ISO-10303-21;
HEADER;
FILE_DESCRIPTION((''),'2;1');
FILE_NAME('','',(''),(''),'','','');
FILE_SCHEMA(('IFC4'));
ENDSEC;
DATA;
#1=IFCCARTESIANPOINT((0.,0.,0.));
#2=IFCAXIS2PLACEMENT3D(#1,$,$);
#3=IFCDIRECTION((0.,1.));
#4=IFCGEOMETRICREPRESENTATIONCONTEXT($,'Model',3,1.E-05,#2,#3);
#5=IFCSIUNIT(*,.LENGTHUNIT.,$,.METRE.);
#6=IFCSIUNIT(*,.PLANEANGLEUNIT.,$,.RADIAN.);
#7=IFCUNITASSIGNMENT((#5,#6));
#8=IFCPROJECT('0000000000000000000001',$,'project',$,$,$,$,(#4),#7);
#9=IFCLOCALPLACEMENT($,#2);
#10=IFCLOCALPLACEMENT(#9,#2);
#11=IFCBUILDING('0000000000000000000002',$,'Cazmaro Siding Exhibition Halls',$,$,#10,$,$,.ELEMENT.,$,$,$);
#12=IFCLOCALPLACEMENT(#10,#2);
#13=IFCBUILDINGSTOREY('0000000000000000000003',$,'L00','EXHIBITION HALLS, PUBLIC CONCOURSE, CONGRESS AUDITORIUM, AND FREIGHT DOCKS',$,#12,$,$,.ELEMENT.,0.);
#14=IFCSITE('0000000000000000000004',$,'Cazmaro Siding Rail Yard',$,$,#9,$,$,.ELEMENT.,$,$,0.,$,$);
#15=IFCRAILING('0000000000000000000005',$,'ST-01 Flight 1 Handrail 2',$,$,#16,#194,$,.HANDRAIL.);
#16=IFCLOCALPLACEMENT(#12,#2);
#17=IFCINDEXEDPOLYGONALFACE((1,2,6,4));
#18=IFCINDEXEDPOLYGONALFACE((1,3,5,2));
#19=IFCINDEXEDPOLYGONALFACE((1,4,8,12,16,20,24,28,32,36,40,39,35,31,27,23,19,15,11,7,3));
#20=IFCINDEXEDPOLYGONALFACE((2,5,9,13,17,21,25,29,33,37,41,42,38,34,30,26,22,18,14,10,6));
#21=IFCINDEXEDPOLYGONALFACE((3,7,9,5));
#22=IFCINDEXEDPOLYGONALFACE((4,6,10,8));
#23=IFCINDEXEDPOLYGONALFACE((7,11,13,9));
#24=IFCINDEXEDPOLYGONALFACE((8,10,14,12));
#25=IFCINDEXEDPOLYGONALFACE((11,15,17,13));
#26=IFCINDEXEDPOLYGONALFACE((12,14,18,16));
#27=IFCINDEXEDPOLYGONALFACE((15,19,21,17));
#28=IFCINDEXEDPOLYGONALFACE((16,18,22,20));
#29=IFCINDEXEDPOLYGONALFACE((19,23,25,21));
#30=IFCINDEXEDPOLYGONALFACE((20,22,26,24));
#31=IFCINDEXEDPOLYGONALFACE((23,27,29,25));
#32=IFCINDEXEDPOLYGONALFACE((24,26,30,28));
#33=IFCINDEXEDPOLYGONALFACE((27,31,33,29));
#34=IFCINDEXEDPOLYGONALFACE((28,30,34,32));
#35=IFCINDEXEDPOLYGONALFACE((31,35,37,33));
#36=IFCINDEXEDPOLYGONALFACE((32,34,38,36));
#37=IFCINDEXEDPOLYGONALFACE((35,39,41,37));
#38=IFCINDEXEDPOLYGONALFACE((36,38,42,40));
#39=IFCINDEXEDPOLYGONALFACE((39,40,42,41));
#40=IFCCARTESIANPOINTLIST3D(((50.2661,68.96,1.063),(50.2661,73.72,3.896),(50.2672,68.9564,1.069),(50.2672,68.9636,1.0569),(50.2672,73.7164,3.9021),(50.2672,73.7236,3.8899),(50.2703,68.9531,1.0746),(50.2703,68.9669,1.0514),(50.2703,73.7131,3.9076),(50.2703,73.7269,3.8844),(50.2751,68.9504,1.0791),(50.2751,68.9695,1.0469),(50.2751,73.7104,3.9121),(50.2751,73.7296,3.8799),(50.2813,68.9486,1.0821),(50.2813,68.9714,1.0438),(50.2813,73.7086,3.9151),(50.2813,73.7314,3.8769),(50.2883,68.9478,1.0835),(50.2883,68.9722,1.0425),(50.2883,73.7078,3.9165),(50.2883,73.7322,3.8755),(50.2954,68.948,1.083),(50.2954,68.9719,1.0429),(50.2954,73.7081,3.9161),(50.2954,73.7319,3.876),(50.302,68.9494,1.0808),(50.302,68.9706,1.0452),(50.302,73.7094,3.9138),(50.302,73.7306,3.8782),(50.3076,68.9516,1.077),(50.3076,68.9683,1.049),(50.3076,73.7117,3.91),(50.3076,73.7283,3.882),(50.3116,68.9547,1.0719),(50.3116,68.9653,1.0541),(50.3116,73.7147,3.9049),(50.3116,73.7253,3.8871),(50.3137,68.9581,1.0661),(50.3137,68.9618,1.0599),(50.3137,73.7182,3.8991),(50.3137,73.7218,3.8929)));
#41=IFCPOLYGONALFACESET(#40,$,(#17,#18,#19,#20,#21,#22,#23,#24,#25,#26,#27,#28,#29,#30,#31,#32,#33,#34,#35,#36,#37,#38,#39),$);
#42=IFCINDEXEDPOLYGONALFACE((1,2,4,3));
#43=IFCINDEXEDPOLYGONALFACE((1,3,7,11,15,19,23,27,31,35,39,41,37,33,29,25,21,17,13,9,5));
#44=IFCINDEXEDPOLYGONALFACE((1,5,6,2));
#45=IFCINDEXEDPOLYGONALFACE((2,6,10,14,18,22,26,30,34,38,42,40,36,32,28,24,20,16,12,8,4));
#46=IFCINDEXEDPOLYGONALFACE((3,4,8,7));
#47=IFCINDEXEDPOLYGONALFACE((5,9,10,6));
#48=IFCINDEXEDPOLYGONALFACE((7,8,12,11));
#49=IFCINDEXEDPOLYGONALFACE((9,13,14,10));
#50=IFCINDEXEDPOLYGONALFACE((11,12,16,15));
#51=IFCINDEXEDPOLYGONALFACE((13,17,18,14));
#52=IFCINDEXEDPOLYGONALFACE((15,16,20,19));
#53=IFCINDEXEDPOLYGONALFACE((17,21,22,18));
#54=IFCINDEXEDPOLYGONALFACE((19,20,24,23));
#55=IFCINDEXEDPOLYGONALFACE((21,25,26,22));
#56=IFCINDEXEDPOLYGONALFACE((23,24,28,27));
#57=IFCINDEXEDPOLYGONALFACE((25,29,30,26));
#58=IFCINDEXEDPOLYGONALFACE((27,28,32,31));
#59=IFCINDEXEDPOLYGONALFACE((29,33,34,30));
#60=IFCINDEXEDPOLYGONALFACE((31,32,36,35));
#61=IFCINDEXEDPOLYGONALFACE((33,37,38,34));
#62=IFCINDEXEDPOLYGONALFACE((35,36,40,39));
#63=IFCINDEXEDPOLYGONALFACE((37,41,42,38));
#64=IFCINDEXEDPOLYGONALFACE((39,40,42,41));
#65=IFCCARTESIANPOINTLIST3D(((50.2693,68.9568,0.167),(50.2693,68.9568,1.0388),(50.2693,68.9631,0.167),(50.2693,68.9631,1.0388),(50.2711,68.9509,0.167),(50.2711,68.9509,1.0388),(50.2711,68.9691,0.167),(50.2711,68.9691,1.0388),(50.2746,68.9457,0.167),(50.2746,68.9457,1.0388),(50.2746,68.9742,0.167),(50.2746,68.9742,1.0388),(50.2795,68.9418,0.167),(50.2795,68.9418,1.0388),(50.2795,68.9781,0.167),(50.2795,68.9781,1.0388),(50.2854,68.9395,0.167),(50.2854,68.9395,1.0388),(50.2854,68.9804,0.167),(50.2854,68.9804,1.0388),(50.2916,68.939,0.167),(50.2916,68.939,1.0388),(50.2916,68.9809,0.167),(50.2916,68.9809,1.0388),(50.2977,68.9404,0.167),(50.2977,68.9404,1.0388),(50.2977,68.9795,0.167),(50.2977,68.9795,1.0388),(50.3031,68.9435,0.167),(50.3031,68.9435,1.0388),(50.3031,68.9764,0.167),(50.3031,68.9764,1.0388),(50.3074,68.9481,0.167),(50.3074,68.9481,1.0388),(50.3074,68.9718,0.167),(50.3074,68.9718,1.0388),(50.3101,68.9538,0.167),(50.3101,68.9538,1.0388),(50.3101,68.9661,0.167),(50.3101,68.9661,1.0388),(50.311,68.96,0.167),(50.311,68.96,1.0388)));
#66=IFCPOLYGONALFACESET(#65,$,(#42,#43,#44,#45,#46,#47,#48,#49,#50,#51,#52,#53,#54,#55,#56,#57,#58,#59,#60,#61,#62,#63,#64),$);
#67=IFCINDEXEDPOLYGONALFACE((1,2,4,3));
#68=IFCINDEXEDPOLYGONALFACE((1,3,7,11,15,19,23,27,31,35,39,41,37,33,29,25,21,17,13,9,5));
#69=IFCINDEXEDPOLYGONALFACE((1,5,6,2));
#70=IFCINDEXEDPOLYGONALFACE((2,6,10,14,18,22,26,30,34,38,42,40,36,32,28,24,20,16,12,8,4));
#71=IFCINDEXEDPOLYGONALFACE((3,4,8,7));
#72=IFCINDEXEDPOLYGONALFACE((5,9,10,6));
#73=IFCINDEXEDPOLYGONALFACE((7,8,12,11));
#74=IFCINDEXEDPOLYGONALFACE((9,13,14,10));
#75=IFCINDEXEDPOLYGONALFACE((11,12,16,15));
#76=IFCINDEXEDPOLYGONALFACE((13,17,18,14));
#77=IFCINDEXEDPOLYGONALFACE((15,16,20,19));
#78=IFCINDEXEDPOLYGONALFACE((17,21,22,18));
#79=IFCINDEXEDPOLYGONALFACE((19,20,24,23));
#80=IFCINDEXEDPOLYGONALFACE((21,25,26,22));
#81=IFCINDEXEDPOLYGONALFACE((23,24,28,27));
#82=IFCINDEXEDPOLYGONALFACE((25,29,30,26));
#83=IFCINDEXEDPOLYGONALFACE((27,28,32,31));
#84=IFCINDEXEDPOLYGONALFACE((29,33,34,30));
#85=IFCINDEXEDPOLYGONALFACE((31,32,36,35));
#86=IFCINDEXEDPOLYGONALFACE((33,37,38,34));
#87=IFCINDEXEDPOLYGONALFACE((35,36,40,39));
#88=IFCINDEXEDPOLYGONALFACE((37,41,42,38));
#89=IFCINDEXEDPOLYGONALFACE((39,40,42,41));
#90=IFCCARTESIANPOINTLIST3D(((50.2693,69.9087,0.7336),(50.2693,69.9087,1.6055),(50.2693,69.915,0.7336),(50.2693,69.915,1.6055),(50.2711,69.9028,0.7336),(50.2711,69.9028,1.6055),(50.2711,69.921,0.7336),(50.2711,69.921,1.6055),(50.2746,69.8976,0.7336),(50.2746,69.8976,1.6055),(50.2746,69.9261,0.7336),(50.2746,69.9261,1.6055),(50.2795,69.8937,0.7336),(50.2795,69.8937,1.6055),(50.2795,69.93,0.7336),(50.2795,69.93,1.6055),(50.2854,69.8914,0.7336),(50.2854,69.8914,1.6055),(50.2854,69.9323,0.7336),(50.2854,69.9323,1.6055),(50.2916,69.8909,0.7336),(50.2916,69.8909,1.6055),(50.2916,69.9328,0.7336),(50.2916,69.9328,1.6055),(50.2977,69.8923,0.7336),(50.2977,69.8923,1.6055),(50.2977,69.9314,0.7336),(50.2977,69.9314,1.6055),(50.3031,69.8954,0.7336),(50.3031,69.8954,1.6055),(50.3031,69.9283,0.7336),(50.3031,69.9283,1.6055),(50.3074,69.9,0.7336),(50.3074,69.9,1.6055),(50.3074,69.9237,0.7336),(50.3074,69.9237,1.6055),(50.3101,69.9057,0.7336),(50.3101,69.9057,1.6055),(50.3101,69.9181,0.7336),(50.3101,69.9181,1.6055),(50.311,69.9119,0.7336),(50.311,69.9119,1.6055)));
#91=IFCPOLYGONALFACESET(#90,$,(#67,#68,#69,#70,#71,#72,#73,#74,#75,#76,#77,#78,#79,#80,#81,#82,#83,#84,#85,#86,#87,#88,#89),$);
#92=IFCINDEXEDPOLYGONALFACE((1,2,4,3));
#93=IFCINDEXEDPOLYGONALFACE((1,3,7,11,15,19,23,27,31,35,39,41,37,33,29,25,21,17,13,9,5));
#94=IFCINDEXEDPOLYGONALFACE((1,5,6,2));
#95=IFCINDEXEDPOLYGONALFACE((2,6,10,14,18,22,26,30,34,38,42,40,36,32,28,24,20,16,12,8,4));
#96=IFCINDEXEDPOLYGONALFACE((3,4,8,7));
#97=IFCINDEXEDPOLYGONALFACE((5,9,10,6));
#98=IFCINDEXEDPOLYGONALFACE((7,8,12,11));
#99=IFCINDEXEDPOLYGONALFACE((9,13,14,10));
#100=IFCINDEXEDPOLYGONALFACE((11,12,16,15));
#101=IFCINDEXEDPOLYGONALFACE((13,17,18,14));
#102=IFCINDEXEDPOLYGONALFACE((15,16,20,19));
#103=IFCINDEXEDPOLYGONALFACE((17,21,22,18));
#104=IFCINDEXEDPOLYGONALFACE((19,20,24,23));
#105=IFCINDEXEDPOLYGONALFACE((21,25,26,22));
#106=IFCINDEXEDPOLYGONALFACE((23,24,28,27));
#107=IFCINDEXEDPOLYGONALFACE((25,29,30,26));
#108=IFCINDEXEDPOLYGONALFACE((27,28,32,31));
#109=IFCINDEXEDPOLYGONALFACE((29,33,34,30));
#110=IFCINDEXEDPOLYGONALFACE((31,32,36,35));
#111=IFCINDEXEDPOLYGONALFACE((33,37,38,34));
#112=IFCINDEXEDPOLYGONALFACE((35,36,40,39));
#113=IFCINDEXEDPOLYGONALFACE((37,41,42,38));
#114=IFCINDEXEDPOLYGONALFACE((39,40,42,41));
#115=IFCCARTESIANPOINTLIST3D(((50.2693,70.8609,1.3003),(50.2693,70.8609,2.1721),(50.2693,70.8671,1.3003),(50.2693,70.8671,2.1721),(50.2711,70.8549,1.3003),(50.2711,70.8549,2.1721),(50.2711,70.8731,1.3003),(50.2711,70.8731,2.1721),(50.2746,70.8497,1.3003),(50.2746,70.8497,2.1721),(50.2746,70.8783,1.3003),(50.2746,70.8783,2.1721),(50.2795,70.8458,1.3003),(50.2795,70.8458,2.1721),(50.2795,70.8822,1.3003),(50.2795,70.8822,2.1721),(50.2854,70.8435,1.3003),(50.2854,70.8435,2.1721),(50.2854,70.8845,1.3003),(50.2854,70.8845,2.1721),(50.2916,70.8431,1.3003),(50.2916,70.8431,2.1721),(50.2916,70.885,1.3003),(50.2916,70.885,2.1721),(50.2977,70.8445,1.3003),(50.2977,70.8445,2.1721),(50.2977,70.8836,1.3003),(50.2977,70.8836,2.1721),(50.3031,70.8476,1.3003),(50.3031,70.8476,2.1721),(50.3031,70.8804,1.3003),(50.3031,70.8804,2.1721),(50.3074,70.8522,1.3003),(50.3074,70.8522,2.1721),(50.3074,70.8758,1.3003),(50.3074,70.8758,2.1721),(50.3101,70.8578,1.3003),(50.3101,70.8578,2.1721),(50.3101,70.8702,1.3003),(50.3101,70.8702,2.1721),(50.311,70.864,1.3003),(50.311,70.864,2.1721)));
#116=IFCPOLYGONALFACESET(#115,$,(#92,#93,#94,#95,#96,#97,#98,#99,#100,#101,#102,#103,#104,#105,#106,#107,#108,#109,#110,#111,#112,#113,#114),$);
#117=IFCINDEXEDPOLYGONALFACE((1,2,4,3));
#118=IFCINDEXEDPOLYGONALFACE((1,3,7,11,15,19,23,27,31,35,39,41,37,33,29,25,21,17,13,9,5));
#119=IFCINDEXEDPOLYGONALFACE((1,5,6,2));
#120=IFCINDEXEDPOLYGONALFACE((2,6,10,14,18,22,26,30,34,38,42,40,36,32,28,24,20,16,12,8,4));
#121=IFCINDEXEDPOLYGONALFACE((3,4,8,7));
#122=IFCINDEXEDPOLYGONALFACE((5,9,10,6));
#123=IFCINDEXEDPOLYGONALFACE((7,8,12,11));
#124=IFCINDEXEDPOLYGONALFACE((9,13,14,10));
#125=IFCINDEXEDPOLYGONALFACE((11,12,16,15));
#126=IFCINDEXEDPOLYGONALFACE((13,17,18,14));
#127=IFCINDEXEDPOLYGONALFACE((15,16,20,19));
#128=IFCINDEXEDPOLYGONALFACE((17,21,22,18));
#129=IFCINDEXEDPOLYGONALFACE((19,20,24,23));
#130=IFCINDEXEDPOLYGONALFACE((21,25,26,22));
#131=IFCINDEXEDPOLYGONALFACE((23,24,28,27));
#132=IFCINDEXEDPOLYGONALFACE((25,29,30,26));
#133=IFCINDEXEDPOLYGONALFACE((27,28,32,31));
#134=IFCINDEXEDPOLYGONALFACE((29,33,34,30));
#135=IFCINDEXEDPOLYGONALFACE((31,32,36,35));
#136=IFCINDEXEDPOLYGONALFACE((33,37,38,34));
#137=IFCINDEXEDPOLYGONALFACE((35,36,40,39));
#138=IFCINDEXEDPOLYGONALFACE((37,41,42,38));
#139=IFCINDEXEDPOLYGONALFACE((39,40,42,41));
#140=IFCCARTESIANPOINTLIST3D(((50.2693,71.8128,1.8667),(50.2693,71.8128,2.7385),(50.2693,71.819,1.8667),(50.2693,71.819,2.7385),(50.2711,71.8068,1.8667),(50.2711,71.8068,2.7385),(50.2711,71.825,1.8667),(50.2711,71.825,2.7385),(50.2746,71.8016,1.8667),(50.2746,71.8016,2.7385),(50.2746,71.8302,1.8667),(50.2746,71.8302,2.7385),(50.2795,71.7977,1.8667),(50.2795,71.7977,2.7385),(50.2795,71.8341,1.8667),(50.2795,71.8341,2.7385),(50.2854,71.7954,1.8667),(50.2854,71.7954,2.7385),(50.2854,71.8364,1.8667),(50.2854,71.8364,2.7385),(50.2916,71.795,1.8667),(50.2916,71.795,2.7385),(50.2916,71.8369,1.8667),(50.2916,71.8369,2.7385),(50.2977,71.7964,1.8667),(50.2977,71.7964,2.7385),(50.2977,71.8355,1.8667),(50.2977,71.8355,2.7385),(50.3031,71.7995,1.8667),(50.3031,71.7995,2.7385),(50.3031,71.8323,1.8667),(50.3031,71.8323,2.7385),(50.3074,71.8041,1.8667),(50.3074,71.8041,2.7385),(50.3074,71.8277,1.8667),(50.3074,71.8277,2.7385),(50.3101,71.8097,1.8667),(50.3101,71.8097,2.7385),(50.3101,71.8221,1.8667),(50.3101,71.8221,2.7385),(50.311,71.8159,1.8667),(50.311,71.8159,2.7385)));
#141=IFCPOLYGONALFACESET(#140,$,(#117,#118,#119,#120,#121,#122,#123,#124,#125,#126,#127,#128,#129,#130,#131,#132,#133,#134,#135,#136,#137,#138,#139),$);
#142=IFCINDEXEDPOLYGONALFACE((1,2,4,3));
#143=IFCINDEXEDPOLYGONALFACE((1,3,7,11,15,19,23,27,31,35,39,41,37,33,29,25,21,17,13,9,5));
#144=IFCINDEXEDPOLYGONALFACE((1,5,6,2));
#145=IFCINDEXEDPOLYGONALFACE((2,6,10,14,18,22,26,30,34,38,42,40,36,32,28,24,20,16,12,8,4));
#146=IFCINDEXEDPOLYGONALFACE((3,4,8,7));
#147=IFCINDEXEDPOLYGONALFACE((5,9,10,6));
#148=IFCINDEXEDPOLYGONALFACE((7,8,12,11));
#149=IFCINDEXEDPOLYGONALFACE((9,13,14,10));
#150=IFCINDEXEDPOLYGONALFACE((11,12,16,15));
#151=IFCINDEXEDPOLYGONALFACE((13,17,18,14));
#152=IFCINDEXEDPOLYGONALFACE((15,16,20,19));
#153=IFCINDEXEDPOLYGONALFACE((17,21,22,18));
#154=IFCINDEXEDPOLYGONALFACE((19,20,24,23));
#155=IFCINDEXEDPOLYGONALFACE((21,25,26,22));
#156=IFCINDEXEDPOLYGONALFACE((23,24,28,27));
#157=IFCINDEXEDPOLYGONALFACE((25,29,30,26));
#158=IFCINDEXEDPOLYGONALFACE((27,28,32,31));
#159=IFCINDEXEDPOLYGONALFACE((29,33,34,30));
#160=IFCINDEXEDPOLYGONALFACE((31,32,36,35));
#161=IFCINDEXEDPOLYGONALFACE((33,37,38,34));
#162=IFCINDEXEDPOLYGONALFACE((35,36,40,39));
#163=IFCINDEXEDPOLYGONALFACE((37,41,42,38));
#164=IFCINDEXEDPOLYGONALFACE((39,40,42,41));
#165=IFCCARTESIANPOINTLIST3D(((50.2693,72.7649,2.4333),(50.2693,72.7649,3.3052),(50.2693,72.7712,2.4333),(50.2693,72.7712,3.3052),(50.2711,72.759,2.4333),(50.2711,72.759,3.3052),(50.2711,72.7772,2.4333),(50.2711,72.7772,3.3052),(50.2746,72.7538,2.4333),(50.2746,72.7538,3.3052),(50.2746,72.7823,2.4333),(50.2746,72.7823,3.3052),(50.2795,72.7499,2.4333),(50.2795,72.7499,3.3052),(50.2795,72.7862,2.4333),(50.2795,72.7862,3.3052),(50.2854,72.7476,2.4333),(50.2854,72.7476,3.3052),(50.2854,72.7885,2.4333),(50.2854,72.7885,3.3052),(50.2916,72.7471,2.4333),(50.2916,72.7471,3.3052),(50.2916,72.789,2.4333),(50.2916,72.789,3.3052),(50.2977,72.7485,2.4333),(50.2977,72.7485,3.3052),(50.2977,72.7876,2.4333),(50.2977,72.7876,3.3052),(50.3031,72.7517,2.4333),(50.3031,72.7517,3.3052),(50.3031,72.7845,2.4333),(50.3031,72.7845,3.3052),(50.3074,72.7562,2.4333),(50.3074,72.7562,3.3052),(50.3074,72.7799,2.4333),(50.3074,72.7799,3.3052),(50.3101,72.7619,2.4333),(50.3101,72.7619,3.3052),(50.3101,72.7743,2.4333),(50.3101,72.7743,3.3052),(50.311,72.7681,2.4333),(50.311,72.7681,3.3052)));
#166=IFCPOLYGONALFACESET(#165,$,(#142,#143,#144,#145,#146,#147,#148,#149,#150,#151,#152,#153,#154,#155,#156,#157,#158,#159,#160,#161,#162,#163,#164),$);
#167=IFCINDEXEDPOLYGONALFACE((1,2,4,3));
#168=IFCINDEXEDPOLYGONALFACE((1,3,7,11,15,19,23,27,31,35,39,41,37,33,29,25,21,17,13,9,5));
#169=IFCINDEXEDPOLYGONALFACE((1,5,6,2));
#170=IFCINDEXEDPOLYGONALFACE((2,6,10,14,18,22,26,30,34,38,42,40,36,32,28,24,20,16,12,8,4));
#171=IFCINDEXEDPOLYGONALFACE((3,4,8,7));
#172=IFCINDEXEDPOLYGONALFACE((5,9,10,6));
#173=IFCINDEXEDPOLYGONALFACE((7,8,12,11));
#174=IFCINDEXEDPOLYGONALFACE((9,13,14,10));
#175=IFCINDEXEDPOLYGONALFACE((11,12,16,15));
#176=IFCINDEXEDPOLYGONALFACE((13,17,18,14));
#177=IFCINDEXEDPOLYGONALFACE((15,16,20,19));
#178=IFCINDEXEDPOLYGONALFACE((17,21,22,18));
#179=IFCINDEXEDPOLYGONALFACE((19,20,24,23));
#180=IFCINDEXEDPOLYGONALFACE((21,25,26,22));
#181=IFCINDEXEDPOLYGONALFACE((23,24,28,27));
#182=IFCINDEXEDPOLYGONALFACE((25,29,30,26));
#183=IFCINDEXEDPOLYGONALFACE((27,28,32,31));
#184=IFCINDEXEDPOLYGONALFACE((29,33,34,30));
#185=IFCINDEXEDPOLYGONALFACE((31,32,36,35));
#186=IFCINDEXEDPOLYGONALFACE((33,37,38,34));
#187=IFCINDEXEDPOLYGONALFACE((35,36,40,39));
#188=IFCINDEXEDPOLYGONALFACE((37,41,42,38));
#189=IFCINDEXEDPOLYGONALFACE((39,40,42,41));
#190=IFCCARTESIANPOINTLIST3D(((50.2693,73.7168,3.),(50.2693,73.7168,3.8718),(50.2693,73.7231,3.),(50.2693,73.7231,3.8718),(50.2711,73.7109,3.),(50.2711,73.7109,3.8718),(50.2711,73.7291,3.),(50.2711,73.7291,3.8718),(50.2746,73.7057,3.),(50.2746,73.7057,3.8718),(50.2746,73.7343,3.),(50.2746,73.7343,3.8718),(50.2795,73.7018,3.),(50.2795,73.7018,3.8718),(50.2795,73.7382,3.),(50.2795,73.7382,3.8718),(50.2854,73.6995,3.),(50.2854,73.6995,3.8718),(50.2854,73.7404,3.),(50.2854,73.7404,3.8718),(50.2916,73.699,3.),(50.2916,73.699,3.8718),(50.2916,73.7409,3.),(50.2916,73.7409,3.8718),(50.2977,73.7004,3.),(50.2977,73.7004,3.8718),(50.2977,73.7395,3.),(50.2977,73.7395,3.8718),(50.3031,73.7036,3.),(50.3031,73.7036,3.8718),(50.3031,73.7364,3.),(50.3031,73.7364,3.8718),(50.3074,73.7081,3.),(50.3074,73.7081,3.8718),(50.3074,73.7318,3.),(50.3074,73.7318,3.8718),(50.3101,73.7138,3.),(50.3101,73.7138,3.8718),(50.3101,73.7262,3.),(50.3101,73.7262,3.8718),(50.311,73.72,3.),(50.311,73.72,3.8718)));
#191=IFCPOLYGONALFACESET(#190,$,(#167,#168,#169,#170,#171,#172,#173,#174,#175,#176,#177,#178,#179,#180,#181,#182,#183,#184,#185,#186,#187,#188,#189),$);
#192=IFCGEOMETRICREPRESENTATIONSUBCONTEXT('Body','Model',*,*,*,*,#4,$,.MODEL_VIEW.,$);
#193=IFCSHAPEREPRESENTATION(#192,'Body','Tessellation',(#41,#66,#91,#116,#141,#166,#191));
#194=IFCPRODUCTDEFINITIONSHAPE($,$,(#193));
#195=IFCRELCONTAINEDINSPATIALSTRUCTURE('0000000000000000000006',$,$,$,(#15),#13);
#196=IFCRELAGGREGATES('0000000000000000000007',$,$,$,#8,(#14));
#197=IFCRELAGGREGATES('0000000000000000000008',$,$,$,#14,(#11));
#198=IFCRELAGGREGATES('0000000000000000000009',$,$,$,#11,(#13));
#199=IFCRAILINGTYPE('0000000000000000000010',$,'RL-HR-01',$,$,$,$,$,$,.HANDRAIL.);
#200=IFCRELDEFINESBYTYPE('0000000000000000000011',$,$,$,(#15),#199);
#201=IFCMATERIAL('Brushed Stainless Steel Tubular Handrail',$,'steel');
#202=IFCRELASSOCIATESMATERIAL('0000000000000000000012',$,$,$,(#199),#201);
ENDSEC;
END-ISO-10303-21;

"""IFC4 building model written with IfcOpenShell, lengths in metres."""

from ifc_helpers import new_model, si_unit, direction, frame, origin, origin_2d, place, context, subcontext, project, spatial, circle, extrude, material, type_object, element, save


model = new_model("IFC4")

# Units and contexts
model_context = context("Model", 3, precision=1e-05, world=origin(), true_north=direction((0.0, 1.0)))
body_context = subcontext(model_context, "Body", "Model", "MODEL_VIEW")
ifc_project = project(units=[si_unit("LENGTHUNIT", "METRE"), si_unit("PLANEANGLEUNIT", "RADIAN")], contexts=[model_context])

# Site, building, storey
site_placement = place(None, origin())
site = spatial("IfcSite", under=ifc_project, at=site_placement, Name="Cazmaro Siding Rail Yard", CompositionType="ELEMENT", RefElevation=0.0)
building_placement = place(site_placement, origin())
building = spatial("IfcBuilding", under=site, at=building_placement, Name="Cazmaro Siding Exhibition Halls", CompositionType="ELEMENT")
storey_placement = place(building_placement, origin())
storey = spatial("IfcBuildingStorey", under=building, at=storey_placement, Name="L00", Description="EXHIBITION HALLS, PUBLIC CONCOURSE, CONGRESS AUDITORIUM, AND FREIGHT DOCKS", CompositionType="ELEMENT", Elevation=0.0)

# Railing
ifc_material_1 = material(Name="Brushed Stainless Steel Tubular Handrail", Category="steel")
railing_type_1 = type_object("IfcRailingType", Name="RL-HR-01", PredefinedType="HANDRAIL", material=ifc_material_1)
railing_1_placement = place(storey_placement, frame((50.29, 68.96, 0.167)))
element("IfcRailing", 1, at=railing_1_placement, inside=storey, type_object=railing_type_1, Name="ST-01 Flight 1 Handrail 2", PredefinedType="HANDRAIL", context=body_context, shape_type="SweptSolid", body=[
    extrude(circle(Radius=0.0239, at=origin_2d()), frame((0.0, 0.0, 0.896), z_axis=(0.0, 0.859319, 0.51144), x_axis=(-1.0, 0.0, 0.0)), (0.0, 0.0, 1.0), 5.5393),
    extrude(circle(Radius=0.021, at=origin_2d()), origin(), (0.0, 0.0, 1.0), 0.8718),
    extrude(circle(Radius=0.021, at=origin_2d()), frame((0.0, 0.9519, 0.5667)), (0.0, 0.0, 1.0), 0.8718),
    extrude(circle(Radius=0.021, at=origin_2d()), frame((0.0, 1.9041, 1.1333)), (0.0, 0.0, 1.0), 0.8718),
    extrude(circle(Radius=0.021, at=origin_2d()), frame((0.0, 2.856, 1.6997)), (0.0, 0.0, 1.0), 0.8718),
    extrude(circle(Radius=0.021, at=origin_2d()), frame((0.0, 3.8081, 2.2664)), (0.0, 0.0, 1.0), 0.8718),
    extrude(circle(Radius=0.021, at=origin_2d()), frame((0.0, 4.76, 2.833)), (0.0, 0.0, 1.0), 0.8718),
])

save(model, "model.ifc")
